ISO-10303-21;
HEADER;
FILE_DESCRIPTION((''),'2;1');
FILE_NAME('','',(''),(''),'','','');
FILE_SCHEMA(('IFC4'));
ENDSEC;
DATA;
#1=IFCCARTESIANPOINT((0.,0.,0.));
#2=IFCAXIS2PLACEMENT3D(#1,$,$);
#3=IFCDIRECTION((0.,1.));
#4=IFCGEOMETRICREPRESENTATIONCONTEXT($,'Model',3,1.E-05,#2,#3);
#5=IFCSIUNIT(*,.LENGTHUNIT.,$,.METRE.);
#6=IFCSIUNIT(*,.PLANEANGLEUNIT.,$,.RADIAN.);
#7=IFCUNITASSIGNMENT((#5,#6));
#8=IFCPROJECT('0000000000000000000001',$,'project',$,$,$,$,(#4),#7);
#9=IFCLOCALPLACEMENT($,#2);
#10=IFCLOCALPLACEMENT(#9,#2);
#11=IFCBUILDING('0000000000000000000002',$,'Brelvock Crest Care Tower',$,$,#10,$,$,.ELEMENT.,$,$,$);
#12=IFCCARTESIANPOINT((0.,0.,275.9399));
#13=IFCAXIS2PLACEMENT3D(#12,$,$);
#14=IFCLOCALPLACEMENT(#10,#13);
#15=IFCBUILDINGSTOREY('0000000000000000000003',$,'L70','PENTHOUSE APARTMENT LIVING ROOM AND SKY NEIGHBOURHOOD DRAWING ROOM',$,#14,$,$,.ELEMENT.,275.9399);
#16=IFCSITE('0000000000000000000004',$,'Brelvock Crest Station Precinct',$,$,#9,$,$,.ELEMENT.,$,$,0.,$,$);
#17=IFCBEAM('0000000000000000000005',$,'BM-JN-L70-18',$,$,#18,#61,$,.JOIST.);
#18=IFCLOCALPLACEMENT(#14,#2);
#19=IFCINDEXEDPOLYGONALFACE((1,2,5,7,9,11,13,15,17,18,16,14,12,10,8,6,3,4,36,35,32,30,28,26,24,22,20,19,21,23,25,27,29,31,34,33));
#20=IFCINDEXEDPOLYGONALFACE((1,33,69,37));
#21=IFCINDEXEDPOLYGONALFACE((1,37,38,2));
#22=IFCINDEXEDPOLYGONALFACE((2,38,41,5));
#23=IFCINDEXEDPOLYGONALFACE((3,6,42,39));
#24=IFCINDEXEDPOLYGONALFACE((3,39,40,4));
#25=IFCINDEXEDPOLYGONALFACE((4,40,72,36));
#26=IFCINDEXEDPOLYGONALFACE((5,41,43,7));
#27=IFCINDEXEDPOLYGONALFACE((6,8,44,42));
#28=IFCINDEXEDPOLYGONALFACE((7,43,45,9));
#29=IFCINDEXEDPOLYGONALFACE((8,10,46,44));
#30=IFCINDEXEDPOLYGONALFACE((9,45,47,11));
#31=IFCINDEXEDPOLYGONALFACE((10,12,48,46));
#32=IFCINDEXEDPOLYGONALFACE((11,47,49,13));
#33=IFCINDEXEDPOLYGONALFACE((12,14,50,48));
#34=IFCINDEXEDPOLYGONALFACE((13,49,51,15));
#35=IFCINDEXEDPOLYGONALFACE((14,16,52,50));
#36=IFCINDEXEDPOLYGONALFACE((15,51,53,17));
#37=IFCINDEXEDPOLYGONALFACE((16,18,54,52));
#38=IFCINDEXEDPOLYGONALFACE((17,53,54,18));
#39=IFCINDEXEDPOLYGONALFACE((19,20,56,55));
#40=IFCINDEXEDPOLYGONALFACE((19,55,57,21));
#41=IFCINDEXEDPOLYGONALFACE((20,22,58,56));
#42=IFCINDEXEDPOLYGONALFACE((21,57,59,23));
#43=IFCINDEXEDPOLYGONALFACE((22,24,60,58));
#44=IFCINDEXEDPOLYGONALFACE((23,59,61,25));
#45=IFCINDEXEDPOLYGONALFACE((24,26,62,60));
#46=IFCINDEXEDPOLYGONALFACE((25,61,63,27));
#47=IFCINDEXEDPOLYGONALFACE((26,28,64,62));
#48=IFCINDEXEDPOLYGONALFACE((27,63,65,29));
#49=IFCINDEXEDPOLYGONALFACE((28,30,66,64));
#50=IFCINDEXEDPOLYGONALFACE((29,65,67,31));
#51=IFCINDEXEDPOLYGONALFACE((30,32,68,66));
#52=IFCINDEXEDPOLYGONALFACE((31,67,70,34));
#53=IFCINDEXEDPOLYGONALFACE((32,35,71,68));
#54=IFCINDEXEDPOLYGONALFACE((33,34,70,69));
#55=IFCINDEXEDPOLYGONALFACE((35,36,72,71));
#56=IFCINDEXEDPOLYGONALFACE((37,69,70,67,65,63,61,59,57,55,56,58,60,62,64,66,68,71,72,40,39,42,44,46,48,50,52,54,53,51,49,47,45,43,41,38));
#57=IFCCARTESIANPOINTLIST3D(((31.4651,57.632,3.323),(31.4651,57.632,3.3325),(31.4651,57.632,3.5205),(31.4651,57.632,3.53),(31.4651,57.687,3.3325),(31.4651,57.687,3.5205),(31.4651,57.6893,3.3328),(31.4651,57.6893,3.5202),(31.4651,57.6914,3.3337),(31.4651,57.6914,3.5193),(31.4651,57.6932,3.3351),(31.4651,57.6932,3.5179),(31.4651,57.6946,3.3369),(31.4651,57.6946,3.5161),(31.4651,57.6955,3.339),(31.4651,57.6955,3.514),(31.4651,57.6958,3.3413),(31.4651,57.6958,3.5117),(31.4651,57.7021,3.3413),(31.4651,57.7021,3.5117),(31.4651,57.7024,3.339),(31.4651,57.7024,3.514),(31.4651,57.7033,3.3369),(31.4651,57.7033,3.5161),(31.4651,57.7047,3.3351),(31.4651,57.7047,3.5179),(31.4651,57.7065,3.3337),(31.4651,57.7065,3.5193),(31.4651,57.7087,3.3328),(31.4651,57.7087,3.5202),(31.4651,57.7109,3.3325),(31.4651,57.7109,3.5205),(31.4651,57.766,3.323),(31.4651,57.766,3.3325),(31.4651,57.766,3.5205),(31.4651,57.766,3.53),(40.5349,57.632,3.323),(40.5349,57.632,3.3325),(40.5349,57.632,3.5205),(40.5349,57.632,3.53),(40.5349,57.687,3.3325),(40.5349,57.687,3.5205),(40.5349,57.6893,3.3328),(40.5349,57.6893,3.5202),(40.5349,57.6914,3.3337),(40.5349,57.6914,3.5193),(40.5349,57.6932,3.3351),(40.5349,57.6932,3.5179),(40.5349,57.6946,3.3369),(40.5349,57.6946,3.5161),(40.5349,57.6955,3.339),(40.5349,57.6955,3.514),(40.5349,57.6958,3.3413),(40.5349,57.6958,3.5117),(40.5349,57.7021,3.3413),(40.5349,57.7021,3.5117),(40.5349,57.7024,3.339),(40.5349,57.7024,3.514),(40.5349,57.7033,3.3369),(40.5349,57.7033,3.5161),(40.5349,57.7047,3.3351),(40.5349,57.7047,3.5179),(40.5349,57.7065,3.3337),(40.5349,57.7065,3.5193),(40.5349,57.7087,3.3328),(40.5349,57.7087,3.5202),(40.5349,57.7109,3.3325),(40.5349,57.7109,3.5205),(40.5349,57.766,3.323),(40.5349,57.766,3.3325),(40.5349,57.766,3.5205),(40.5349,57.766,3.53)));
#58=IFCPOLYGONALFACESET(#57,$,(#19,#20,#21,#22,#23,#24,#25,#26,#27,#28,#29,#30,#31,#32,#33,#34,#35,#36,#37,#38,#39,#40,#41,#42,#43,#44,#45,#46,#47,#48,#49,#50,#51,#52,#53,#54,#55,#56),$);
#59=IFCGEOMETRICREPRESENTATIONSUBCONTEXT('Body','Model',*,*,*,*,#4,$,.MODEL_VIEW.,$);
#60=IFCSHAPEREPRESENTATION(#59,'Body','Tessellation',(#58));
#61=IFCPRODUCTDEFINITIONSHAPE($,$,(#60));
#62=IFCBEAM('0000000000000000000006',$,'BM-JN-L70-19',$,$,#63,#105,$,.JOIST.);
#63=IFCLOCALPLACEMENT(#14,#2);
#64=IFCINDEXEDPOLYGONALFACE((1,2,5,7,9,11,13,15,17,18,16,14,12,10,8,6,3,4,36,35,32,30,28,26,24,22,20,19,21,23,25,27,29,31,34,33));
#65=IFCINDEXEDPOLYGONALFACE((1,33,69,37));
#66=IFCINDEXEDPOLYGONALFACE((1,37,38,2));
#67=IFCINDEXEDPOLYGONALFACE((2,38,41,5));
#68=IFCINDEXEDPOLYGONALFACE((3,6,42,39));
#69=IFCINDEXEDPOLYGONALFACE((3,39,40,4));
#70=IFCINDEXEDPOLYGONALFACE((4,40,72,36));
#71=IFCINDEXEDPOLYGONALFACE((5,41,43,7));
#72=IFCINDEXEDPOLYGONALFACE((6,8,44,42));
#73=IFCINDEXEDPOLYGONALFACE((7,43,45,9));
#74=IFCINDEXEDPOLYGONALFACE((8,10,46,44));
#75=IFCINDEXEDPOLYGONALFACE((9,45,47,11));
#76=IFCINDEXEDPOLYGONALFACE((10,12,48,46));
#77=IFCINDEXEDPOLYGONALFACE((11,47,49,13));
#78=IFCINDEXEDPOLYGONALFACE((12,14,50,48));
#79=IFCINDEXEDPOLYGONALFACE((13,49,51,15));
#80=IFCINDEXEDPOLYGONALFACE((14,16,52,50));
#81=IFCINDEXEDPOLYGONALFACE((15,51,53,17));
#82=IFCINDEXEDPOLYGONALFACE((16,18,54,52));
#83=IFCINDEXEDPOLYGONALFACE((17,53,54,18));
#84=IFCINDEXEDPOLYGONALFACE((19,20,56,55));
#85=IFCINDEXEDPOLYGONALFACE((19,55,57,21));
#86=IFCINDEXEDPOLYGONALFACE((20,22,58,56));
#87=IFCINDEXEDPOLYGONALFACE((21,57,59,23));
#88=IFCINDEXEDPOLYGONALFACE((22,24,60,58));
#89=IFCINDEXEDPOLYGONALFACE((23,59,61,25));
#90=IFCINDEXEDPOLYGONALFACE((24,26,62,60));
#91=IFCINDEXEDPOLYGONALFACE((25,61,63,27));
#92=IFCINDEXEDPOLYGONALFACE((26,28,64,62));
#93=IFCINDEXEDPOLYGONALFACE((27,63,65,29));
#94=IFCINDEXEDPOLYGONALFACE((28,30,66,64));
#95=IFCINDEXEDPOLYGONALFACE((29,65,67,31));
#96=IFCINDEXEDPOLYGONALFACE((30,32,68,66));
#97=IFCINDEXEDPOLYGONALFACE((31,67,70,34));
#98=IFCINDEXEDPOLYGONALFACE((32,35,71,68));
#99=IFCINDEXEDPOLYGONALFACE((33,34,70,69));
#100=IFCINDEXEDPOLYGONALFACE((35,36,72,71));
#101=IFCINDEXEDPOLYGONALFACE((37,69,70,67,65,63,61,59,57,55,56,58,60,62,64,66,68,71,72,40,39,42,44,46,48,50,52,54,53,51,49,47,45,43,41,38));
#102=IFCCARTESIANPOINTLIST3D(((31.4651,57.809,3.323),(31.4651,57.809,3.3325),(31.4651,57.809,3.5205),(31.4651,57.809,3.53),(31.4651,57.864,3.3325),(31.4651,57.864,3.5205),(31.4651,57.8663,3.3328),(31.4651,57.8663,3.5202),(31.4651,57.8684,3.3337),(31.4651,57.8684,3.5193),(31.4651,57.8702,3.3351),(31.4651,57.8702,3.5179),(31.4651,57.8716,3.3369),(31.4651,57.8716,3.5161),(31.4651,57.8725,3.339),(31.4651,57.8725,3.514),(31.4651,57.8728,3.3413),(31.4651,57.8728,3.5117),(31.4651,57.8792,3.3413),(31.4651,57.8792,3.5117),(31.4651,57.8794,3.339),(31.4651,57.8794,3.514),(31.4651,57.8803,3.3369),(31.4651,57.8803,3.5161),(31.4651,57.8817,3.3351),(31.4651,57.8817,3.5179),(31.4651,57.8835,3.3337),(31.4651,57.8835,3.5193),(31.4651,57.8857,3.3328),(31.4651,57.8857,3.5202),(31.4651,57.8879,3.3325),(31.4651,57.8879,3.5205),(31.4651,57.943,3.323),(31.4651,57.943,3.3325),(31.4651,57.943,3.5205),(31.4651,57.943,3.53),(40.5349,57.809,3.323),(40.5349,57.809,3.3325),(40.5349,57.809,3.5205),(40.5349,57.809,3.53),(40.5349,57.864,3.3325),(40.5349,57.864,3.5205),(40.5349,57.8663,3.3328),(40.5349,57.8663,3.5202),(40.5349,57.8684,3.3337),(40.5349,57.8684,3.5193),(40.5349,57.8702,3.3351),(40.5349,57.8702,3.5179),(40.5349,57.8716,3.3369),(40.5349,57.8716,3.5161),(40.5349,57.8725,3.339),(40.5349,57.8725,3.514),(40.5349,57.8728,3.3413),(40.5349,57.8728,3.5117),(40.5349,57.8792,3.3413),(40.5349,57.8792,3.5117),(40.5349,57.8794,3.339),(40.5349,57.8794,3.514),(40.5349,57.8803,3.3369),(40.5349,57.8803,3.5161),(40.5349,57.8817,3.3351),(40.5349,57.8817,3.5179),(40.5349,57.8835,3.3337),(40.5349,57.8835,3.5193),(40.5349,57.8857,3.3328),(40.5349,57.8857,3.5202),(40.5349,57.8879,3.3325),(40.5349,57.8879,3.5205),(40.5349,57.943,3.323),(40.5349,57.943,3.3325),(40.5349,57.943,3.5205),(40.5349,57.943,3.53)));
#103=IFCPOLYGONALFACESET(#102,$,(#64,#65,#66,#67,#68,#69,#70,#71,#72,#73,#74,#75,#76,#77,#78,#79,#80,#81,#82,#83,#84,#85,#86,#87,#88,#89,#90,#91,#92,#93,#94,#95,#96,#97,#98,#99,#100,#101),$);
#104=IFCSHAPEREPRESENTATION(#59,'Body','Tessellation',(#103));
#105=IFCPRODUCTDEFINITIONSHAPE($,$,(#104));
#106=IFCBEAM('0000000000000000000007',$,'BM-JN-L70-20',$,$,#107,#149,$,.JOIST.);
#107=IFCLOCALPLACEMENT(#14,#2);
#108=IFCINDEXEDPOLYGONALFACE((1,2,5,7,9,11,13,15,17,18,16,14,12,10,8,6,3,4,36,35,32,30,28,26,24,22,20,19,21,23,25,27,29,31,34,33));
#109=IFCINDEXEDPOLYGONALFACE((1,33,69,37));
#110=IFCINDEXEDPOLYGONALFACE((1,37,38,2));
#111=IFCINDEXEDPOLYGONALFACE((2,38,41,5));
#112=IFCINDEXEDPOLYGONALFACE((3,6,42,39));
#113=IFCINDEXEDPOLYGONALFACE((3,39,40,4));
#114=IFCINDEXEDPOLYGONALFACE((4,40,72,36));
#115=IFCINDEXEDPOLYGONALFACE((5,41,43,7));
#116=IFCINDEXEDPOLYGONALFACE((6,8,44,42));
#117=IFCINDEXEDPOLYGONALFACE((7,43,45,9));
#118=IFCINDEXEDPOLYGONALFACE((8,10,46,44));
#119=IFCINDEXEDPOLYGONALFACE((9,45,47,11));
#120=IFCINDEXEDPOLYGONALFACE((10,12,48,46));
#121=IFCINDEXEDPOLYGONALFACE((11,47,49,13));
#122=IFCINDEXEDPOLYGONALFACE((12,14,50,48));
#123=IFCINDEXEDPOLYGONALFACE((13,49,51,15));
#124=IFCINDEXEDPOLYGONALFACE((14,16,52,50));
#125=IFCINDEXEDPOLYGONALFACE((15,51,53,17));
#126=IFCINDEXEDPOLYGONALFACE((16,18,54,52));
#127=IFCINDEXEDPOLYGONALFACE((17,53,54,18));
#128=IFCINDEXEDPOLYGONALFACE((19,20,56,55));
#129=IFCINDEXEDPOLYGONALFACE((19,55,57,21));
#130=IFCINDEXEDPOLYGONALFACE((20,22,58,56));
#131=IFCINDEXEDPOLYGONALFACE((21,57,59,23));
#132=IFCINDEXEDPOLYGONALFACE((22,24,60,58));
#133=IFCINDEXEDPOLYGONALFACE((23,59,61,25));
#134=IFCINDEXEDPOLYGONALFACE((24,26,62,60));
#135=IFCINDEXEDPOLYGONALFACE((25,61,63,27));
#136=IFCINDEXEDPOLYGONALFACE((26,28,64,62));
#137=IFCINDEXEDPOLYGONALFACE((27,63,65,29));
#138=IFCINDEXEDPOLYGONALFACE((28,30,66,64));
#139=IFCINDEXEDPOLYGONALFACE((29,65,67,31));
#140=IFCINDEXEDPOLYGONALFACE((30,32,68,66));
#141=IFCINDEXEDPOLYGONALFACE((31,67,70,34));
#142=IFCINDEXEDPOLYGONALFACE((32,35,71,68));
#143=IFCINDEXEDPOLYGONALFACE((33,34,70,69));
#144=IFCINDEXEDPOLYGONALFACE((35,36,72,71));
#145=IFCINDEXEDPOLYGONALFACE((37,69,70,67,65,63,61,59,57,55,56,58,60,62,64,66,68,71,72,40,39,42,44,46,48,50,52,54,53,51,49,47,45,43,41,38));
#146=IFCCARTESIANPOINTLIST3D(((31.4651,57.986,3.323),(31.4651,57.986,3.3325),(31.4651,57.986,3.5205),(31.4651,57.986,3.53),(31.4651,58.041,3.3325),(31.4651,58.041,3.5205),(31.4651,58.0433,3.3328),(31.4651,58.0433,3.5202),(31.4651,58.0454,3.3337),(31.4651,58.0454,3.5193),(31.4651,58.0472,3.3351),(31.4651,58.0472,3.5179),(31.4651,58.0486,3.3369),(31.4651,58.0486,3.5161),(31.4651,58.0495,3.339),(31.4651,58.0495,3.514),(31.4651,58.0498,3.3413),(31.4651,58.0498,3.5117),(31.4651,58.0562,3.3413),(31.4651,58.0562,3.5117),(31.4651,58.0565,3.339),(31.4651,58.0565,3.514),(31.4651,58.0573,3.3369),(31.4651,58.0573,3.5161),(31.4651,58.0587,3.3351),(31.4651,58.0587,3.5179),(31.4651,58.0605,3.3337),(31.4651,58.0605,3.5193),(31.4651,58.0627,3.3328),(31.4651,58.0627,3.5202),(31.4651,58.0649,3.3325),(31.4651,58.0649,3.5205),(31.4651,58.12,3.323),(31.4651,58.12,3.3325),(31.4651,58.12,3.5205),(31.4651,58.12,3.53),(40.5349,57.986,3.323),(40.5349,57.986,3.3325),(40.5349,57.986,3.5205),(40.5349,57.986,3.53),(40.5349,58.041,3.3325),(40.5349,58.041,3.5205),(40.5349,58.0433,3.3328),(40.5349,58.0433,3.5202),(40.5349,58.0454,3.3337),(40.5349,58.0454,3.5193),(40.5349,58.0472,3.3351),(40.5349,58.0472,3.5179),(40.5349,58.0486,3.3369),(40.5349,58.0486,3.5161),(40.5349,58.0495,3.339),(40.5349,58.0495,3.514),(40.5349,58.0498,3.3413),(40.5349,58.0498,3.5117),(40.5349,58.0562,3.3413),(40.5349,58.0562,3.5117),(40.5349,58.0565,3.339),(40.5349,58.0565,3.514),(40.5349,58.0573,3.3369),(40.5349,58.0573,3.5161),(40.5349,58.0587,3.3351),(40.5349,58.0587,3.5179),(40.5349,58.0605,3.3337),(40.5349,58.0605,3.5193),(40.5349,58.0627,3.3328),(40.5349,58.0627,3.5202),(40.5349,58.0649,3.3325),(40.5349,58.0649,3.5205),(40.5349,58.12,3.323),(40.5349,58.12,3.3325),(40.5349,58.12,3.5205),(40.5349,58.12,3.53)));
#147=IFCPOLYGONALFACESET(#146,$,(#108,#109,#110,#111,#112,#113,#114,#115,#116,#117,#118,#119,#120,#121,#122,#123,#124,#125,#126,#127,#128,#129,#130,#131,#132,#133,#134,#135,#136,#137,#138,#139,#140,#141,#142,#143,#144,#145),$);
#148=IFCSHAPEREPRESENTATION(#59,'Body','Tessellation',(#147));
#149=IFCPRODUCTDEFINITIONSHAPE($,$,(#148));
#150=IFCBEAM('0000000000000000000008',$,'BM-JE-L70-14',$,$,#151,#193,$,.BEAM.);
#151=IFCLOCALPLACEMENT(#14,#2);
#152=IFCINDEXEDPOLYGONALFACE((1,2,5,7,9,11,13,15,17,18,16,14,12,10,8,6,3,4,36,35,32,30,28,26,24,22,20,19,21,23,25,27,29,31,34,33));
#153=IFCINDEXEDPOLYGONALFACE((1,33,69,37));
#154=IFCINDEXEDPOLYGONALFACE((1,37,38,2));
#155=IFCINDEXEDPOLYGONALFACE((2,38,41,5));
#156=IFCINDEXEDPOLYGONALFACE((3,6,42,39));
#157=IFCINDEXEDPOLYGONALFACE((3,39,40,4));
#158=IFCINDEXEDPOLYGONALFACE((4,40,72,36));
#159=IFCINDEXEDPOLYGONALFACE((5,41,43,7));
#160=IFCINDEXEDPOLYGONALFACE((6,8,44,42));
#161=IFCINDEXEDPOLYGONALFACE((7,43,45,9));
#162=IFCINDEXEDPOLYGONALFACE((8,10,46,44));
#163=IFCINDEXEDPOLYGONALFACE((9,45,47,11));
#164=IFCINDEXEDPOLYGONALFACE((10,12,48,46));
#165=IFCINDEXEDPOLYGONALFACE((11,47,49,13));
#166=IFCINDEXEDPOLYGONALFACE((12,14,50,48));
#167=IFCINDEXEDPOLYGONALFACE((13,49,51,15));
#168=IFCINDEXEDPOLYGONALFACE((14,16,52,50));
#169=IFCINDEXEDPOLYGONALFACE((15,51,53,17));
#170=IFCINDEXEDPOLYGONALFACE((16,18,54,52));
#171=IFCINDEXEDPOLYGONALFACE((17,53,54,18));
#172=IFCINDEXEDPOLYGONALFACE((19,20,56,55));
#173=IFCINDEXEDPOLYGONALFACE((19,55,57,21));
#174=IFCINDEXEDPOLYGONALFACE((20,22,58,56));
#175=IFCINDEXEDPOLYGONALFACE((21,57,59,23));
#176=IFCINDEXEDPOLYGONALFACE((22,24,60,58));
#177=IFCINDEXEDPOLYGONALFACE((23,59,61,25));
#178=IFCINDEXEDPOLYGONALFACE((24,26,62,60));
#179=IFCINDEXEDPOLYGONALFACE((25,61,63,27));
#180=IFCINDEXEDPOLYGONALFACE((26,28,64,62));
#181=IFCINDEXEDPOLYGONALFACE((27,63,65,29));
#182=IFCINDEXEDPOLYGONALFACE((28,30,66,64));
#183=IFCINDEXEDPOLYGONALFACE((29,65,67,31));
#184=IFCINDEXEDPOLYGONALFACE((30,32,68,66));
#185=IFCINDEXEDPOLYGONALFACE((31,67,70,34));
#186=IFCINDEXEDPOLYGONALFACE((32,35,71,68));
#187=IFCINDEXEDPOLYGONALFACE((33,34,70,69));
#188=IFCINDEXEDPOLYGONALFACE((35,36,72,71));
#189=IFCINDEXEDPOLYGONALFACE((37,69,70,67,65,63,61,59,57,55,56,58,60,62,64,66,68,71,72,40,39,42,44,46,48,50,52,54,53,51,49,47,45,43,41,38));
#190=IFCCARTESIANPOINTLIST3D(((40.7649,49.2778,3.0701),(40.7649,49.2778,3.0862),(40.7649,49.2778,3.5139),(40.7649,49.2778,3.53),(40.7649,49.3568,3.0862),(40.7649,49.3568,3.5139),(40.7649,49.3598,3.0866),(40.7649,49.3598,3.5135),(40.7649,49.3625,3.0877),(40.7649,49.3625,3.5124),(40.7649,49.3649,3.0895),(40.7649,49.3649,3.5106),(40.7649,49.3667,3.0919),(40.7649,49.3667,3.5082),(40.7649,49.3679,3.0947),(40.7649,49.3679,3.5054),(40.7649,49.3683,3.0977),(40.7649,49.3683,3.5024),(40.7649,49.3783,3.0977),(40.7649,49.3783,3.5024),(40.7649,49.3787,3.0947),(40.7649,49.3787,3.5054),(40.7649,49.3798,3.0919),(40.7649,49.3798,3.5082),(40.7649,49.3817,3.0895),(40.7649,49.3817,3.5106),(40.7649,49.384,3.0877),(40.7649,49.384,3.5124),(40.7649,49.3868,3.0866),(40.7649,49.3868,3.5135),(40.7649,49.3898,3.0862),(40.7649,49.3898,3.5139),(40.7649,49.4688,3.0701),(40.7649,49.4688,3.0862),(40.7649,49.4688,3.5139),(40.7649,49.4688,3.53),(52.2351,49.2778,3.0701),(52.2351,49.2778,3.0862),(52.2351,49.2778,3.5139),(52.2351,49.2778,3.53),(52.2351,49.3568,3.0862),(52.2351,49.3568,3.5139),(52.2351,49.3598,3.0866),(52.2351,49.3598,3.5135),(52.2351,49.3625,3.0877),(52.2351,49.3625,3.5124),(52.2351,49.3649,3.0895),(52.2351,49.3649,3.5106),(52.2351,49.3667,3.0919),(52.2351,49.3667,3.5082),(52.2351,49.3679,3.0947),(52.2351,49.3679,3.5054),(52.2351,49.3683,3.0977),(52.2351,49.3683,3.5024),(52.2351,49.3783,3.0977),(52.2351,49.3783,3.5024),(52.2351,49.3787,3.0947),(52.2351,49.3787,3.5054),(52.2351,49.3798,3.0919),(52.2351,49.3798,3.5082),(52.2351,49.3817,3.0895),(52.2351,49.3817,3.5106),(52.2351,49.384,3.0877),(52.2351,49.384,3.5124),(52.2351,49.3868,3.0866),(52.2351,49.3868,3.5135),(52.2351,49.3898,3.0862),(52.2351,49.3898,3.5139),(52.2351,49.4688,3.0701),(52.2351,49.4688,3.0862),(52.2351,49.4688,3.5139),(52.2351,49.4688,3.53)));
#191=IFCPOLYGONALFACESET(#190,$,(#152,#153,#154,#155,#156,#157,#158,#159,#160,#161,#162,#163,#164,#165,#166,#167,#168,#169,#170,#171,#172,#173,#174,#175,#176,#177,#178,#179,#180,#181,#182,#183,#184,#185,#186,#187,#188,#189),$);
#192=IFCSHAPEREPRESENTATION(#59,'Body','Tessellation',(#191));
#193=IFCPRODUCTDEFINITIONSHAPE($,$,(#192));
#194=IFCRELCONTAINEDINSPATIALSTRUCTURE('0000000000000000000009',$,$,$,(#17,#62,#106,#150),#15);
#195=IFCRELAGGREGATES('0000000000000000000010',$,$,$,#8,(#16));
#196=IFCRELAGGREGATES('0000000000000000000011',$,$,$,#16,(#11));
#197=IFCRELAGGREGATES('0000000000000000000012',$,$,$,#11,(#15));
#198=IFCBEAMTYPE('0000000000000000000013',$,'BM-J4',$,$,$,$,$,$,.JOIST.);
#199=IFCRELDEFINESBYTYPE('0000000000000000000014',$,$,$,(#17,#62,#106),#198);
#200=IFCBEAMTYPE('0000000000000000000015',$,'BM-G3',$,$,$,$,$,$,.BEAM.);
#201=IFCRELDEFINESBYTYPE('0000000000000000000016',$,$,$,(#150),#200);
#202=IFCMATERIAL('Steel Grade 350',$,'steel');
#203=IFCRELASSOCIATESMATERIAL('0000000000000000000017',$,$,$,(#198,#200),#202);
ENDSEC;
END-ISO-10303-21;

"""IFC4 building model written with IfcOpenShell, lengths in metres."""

from ifc_helpers import new_model, si_unit, direction, frame, origin, origin_2d, place, context, subcontext, project, spatial, i_section, extrude, source, transform, mapped, material, material_profile, profile_set, type_object, element, save


model = new_model("IFC4")

# Units and contexts
model_context = context("Model", 3, precision=1e-05, world=origin(), true_north=direction((0.0, 1.0)))
body_context = subcontext(model_context, "Body", "Model", "MODEL_VIEW")
ifc_project = project(units=[si_unit("LENGTHUNIT", "METRE"), si_unit("PLANEANGLEUNIT", "RADIAN")], contexts=[model_context])

# Site, building, storey
site_placement = place(None, origin())
site = spatial("IfcSite", under=ifc_project, at=site_placement, Name="Brelvock Crest Station Precinct", CompositionType="ELEMENT", RefElevation=0.0)
building_placement = place(site_placement, origin())
building = spatial("IfcBuilding", under=site, at=building_placement, Name="Brelvock Crest Care Tower", CompositionType="ELEMENT")
storey_placement = place(building_placement, frame((0.0, 0.0, 275.9399)))
storey = spatial("IfcBuildingStorey", under=building, at=storey_placement, Name="L70", Description="PENTHOUSE APARTMENT LIVING ROOM AND SKY NEIGHBOURHOOD DRAWING ROOM", CompositionType="ELEMENT", Elevation=275.9399)

# Beams
ifc_material_1 = material(Name="Steel Grade 350", Category="steel")
ifc_material_profile_1 = material_profile(ifc_material_1, i_section(OverallWidth=0.134, OverallDepth=0.207, WebThickness=0.0063, FlangeThickness=0.0095, FilletRadius=0.0088, at=origin_2d()), Name="200UB29.8")
ifc_profile_set_1 = profile_set([ifc_material_profile_1], Name="Steel Grade 350")
beam_type_1 = type_object("IfcBeamType", Name="BM-J4", PredefinedType="JOIST", material=ifc_profile_set_1)
shared_shape_1 = source(origin(), body_context, "Body", "SweptSolid", [
    extrude(i_section(OverallWidth=0.134, OverallDepth=0.207, WebThickness=0.0063, FlangeThickness=0.0095, FilletRadius=0.0088, at=origin_2d()), origin(), (0.0, 0.0, 1.0), 9.0698),
])
for number, where, z_axis, x_axis, name in (
    (1, (31.4651, 57.699, 3.4265), (1.0, 0.0, 0.0), (0.0, 1.0, 0.0), "BM-JN-L70-18"),
    (2, (31.4651, 57.876, 3.4265), (1.0, 0.0, 0.0), (0.0, 1.0, 0.0), "BM-JN-L70-19"),
    (3, (31.4651, 58.053, 3.4265), (1.0, 0.0, 0.0), (0.0, 1.0, 0.0), "BM-JN-L70-20"),
):
    element("IfcBeam", number, at=place(storey_placement, frame(where, z_axis=z_axis, x_axis=x_axis)), inside=storey, type_object=beam_type_1, Name=name, PredefinedType="JOIST", context=body_context, shape_type="MappedRepresentation", body=[
        mapped(shared_shape_1, transform((0.0, 0.0, 0.0), x_axis=(1.0, 0.0, 0.0), y_axis=(0.0, 1.0, 0.0), z_axis=(0.0, 0.0, 1.0), scale=1.0)),
    ])
ifc_material_profile_2 = material_profile(ifc_material_1, i_section(OverallWidth=0.1909, OverallDepth=0.46, WebThickness=0.01, FlangeThickness=0.0161, FilletRadius=0.0115, at=origin_2d()), Name="460UB82.1")
ifc_profile_set_2 = profile_set([ifc_material_profile_2], Name="Steel Grade 350")
beam_type_2 = type_object("IfcBeamType", Name="BM-G3", PredefinedType="BEAM", material=ifc_profile_set_2)
shared_shape_2 = source(origin(), body_context, "Body", "SweptSolid", [
    extrude(i_section(OverallWidth=0.1909, OverallDepth=0.46, WebThickness=0.01, FlangeThickness=0.0161, FilletRadius=0.0115, at=origin_2d()), origin(), (0.0, 0.0, 1.0), 11.4702),
])
beam_placement = place(storey_placement, frame((40.7649, 49.3733, 3.3), z_axis=(1.0, 0.0, 0.0), x_axis=(0.0, 1.0, 0.0)))
element("IfcBeam", 4, at=beam_placement, inside=storey, type_object=beam_type_2, Name="BM-JE-L70-14", PredefinedType="BEAM", context=body_context, shape_type="MappedRepresentation", body=[
    mapped(shared_shape_2, transform((0.0, 0.0, 0.0), x_axis=(1.0, 0.0, 0.0), y_axis=(0.0, 1.0, 0.0), z_axis=(0.0, 0.0, 1.0), scale=1.0)),
])

save(model, "model.ifc")
